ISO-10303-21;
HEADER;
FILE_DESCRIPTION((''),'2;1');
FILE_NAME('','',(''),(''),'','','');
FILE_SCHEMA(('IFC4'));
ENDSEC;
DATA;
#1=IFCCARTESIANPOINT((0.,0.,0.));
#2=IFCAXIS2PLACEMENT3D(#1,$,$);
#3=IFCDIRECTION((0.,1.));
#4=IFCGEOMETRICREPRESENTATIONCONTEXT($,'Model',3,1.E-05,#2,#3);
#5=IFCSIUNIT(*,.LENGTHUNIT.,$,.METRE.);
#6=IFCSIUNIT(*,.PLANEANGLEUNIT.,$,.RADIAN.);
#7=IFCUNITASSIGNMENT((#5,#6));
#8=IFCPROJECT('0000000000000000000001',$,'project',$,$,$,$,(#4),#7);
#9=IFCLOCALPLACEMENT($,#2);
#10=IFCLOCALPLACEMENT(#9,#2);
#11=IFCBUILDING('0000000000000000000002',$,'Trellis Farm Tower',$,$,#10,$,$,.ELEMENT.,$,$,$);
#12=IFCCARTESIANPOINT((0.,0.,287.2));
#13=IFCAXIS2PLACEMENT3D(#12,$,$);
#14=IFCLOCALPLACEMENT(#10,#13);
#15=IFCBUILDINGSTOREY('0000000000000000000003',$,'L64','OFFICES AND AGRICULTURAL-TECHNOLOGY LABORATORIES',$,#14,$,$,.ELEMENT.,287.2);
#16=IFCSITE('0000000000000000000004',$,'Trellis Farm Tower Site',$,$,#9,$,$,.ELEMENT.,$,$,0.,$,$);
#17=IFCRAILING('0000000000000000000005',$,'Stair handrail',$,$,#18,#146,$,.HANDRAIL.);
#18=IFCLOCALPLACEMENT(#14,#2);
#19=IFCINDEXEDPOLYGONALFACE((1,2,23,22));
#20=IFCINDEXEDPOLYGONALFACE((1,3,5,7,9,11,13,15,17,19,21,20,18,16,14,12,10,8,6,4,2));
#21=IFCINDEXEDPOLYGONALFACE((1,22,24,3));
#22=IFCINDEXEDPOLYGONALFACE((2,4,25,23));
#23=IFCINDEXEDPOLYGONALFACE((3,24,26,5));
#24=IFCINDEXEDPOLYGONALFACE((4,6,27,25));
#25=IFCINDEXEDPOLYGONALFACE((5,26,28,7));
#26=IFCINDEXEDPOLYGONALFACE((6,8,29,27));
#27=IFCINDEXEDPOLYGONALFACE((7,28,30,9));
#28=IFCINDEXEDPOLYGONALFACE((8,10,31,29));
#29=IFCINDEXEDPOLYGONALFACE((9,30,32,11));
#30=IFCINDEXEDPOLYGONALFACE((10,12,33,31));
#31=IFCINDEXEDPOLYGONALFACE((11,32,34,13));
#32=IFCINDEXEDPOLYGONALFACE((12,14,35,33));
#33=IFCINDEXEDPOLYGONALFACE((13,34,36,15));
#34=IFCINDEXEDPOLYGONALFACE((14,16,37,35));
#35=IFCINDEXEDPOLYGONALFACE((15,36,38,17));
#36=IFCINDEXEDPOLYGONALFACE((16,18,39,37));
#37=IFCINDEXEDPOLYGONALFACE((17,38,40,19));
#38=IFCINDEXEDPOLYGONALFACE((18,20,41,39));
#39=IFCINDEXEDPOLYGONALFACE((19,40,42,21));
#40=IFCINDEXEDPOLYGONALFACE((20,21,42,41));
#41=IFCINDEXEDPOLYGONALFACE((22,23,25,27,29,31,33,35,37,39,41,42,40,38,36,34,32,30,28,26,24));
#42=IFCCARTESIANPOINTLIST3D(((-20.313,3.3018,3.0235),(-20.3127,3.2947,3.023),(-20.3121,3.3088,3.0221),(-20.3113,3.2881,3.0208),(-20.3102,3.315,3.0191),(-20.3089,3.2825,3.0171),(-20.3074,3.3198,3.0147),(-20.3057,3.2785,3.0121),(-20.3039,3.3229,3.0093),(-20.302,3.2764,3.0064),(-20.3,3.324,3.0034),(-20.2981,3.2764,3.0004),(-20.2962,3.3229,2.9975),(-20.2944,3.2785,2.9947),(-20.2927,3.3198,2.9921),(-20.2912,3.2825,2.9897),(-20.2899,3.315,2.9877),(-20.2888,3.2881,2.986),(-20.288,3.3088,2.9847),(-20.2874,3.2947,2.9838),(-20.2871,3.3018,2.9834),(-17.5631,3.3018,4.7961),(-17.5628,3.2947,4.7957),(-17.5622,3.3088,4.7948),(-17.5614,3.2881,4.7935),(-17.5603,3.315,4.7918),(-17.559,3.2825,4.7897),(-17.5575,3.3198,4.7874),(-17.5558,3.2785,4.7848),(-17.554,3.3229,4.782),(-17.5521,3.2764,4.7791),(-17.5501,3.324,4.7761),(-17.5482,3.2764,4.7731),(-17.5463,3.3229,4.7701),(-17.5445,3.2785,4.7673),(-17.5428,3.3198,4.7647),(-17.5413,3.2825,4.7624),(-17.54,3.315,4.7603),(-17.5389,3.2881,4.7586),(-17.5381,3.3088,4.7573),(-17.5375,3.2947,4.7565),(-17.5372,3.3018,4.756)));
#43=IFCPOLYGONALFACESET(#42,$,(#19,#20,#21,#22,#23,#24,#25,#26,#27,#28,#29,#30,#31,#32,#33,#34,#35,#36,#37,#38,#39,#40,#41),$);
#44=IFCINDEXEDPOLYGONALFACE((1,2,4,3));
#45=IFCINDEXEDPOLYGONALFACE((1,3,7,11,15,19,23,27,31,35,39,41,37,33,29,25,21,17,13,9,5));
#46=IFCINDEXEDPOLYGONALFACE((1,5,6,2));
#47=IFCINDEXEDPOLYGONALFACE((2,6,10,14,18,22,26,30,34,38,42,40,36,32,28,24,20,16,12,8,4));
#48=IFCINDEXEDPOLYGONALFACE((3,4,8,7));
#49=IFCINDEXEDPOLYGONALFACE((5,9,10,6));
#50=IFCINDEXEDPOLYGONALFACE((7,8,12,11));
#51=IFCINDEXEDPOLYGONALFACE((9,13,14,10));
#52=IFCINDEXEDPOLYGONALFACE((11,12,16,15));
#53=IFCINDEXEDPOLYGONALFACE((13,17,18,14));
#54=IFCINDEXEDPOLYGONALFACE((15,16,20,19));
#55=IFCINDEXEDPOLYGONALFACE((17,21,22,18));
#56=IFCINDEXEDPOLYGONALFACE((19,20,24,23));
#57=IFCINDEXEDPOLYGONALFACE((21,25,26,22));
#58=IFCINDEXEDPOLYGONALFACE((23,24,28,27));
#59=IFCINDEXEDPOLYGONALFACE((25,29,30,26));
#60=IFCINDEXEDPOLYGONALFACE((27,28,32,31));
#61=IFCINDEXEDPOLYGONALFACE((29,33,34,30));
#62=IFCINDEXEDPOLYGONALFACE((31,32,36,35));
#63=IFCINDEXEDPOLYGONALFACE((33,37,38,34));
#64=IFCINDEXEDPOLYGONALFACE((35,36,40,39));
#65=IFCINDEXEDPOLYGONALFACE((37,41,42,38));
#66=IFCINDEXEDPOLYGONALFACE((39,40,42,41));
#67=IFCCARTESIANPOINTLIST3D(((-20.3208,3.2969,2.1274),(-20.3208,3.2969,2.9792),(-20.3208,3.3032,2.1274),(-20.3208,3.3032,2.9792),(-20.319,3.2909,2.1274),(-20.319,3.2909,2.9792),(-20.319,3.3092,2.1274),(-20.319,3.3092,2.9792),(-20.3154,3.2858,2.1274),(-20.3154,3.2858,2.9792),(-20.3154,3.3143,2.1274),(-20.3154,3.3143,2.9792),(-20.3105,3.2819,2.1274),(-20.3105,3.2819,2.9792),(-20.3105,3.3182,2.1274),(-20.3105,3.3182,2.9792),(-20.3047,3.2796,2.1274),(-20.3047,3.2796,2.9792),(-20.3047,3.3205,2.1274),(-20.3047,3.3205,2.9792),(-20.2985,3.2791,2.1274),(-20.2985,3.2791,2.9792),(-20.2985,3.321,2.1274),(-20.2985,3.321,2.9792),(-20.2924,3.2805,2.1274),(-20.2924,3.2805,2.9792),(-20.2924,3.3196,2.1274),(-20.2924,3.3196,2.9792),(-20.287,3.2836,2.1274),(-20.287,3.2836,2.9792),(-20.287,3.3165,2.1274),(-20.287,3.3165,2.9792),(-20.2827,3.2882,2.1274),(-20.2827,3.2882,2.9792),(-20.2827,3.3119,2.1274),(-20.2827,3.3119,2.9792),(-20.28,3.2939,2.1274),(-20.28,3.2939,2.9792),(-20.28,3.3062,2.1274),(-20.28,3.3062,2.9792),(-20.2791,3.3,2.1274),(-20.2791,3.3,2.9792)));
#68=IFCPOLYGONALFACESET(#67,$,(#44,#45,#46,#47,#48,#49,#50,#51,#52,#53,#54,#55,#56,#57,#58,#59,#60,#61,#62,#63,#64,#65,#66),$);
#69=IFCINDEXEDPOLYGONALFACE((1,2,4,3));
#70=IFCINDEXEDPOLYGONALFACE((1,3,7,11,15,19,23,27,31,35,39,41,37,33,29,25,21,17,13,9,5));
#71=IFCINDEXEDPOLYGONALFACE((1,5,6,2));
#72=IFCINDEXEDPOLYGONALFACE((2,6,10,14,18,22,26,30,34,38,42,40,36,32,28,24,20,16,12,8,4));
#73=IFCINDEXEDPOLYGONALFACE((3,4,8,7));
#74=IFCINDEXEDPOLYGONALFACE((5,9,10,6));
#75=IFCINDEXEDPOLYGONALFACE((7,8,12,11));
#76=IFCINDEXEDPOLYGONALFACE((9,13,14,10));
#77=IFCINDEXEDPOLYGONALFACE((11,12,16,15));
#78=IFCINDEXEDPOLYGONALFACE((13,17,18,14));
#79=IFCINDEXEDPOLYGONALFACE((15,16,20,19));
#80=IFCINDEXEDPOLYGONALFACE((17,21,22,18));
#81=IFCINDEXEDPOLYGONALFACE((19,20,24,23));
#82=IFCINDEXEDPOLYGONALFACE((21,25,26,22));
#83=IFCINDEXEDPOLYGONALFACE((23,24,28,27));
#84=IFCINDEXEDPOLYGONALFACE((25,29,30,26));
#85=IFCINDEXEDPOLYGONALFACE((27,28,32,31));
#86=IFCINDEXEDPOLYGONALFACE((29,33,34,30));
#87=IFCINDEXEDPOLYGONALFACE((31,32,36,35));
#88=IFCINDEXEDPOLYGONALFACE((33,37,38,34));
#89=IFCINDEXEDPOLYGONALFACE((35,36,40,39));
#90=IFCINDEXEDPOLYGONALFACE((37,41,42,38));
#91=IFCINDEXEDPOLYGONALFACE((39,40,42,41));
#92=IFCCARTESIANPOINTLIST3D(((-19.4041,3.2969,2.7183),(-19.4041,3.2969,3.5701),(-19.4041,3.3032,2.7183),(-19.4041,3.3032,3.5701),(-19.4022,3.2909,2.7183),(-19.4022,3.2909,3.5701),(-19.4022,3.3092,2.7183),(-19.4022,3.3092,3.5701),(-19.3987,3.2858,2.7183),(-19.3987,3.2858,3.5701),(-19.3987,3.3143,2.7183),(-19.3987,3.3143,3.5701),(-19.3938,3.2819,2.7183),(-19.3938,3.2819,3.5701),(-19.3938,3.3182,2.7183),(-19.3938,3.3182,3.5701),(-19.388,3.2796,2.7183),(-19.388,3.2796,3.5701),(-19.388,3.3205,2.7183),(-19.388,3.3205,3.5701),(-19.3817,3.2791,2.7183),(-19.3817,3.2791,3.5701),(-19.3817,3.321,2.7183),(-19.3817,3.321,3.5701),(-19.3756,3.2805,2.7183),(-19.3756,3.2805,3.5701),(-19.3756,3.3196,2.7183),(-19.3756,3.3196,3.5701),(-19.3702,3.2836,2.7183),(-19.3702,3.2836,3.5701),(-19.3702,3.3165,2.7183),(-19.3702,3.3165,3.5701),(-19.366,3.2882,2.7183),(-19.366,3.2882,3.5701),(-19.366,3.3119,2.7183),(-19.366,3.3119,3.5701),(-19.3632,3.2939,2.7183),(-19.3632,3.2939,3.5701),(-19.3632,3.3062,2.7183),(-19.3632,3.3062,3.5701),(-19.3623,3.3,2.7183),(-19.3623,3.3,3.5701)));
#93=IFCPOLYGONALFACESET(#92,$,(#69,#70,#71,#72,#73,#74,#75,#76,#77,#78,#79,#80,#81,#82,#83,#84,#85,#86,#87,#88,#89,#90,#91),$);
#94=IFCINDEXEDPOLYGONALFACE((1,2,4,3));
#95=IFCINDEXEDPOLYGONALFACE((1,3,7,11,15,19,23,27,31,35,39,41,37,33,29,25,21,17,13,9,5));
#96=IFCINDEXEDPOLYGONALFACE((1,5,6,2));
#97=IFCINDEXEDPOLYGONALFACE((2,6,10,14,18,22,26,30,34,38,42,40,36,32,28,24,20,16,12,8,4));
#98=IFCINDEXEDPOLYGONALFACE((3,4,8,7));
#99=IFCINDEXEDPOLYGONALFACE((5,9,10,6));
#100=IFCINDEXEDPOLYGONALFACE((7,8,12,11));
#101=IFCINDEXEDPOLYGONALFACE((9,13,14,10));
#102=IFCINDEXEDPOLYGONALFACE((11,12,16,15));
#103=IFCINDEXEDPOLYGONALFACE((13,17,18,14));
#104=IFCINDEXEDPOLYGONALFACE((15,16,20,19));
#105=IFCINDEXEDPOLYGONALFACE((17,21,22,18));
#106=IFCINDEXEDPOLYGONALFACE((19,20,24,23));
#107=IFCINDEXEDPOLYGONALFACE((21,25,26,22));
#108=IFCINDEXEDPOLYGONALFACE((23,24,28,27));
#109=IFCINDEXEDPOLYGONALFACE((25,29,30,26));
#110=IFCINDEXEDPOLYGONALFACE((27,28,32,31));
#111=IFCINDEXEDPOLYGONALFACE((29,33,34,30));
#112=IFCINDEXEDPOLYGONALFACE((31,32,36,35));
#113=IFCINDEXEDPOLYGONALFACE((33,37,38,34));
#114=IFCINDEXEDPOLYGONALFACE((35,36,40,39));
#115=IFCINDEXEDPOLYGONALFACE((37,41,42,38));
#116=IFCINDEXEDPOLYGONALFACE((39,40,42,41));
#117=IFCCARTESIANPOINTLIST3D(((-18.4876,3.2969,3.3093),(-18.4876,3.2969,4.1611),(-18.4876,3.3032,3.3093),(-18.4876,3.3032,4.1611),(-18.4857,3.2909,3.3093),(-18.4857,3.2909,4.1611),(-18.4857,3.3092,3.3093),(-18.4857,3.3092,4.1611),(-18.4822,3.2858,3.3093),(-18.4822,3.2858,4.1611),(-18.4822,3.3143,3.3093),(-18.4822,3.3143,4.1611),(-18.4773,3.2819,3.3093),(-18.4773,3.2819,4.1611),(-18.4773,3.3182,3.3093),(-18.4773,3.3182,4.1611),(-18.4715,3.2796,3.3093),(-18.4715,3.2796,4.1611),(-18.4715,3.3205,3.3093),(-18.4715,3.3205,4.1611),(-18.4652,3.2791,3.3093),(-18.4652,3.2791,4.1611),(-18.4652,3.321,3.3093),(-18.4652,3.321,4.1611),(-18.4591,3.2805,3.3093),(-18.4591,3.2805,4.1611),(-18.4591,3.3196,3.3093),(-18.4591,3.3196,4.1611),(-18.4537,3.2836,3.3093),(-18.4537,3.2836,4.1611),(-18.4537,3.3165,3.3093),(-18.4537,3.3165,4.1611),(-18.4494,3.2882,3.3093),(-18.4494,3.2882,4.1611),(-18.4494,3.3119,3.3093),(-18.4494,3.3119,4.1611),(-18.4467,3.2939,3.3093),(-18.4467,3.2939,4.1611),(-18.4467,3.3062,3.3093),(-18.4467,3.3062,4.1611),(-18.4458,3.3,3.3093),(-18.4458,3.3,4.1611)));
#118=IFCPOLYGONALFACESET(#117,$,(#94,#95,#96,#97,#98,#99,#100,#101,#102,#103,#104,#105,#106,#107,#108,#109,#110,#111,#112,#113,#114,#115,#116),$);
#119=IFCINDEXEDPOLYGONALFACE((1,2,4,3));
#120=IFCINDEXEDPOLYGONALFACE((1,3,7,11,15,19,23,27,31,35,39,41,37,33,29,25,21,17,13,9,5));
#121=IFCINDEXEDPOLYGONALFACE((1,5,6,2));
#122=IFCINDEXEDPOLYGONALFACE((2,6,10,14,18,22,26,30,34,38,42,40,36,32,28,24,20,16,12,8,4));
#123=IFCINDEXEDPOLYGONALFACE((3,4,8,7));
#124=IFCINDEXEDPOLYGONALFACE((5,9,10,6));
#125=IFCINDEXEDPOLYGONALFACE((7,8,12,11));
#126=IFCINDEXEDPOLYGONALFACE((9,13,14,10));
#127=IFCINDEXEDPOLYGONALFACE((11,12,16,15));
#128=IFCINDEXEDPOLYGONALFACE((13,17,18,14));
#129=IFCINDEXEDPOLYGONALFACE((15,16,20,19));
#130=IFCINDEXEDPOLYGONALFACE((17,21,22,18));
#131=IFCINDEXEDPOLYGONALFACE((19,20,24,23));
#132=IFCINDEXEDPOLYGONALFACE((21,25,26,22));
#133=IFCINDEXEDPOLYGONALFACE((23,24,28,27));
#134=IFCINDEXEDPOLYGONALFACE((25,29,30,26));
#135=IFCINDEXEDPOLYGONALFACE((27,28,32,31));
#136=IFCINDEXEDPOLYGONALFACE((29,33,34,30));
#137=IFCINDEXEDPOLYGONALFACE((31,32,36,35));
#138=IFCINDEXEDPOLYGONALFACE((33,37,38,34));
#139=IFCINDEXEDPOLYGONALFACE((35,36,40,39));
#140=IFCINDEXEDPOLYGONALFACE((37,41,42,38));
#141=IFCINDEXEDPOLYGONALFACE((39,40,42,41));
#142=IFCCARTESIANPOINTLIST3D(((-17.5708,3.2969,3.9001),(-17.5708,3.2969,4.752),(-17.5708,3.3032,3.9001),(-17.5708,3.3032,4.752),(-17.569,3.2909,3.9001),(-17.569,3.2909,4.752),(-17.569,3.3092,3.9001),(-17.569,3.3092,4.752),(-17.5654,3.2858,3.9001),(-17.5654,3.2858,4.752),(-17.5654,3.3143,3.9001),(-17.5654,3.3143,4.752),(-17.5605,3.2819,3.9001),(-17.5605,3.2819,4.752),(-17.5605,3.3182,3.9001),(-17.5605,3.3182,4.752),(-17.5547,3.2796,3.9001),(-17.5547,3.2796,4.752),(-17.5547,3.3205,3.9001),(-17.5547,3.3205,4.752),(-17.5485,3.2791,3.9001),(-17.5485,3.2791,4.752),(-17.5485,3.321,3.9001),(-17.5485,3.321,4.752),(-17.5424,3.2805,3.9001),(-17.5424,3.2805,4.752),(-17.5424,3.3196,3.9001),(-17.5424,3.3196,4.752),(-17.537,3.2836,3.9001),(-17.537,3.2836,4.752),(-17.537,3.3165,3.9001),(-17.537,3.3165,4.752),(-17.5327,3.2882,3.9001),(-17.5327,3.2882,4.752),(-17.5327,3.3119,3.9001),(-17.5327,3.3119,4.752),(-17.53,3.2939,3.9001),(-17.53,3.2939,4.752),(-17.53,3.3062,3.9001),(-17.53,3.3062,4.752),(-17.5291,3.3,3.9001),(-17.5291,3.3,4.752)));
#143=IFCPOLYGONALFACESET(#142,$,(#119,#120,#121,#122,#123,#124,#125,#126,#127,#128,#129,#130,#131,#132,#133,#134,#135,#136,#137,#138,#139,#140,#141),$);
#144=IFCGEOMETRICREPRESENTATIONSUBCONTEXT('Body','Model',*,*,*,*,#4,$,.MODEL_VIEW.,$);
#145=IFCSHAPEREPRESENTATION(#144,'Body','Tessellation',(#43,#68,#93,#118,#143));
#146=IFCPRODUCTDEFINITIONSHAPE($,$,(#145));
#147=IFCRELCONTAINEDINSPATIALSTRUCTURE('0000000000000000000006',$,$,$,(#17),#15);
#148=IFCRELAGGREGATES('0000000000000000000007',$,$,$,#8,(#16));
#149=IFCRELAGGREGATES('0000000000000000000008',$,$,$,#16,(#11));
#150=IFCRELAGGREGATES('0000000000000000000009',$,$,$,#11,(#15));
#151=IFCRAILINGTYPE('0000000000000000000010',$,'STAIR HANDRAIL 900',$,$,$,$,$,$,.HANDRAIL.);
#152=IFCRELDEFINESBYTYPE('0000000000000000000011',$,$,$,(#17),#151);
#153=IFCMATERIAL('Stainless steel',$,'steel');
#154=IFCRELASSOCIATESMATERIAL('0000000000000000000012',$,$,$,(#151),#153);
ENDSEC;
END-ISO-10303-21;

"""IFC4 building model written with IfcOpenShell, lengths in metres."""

from ifc_helpers import new_model, si_unit, direction, frame, origin, origin_2d, place, context, subcontext, project, spatial, circle, extrude, source, transform, mapped, material, type_object, element, save


model = new_model("IFC4")

# Units and contexts
model_context = context("Model", 3, precision=1e-05, world=origin(), true_north=direction((0.0, 1.0)))
body_context = subcontext(model_context, "Body", "Model", "MODEL_VIEW")
ifc_project = project(units=[si_unit("LENGTHUNIT", "METRE"), si_unit("PLANEANGLEUNIT", "RADIAN")], contexts=[model_context])

# Site, building, storey
site_placement = place(None, origin())
site = spatial("IfcSite", under=ifc_project, at=site_placement, Name="Trellis Farm Tower Site", CompositionType="ELEMENT", RefElevation=0.0)
building_placement = place(site_placement, origin())
building = spatial("IfcBuilding", under=site, at=building_placement, Name="Trellis Farm Tower", CompositionType="ELEMENT")
storey_placement = place(building_placement, frame((0.0, 0.0, 287.2)))
storey = spatial("IfcBuildingStorey", under=building, at=storey_placement, Name="L64", Description="OFFICES AND AGRICULTURAL-TECHNOLOGY LABORATORIES", CompositionType="ELEMENT", Elevation=287.2)

# Railing
ifc_material_1 = material(Name="Stainless steel", Category="steel")
railing_type = type_object("IfcRailingType", Name="STAIR HANDRAIL 900", PredefinedType="HANDRAIL", material=ifc_material_1)
shared_shape_1 = source(origin(), body_context, "Body", "SweptSolid", [
    extrude(circle(Radius=0.0239, at=origin_2d()), frame((0.0, 0.0, 0.876), z_axis=(0.840504, 0.0, 0.541806), x_axis=(0.0, 1.0, 0.0)), (0.0, 0.0, 1.0), 3.2717),
    extrude(circle(Radius=0.021, at=origin_2d()), origin(), (0.0, 0.0, 1.0), 0.8518),
    extrude(circle(Radius=0.021, at=origin_2d()), frame((0.9167, 0.0, 0.5908)), (0.0, 0.0, 1.0), 0.8518),
    extrude(circle(Radius=0.021, at=origin_2d()), frame((1.8333, 0.0, 1.1819)), (0.0, 0.0, 1.0), 0.8518),
    extrude(circle(Radius=0.021, at=origin_2d()), frame((2.75, 0.0, 1.7727)), (0.0, 0.0, 1.0), 0.8518),
])
for number, where, name in (
    (1, (-20.3, 3.3, 2.1274), "Stair handrail"),
):
    element("IfcRailing", number, at=place(storey_placement, frame(where)), inside=storey, type_object=railing_type, Name=name, PredefinedType="HANDRAIL", context=body_context, shape_type="MappedRepresentation", body=[
        mapped(shared_shape_1, transform((0.0, 0.0, 0.0))),
    ])

save(model, "model.ifc")
